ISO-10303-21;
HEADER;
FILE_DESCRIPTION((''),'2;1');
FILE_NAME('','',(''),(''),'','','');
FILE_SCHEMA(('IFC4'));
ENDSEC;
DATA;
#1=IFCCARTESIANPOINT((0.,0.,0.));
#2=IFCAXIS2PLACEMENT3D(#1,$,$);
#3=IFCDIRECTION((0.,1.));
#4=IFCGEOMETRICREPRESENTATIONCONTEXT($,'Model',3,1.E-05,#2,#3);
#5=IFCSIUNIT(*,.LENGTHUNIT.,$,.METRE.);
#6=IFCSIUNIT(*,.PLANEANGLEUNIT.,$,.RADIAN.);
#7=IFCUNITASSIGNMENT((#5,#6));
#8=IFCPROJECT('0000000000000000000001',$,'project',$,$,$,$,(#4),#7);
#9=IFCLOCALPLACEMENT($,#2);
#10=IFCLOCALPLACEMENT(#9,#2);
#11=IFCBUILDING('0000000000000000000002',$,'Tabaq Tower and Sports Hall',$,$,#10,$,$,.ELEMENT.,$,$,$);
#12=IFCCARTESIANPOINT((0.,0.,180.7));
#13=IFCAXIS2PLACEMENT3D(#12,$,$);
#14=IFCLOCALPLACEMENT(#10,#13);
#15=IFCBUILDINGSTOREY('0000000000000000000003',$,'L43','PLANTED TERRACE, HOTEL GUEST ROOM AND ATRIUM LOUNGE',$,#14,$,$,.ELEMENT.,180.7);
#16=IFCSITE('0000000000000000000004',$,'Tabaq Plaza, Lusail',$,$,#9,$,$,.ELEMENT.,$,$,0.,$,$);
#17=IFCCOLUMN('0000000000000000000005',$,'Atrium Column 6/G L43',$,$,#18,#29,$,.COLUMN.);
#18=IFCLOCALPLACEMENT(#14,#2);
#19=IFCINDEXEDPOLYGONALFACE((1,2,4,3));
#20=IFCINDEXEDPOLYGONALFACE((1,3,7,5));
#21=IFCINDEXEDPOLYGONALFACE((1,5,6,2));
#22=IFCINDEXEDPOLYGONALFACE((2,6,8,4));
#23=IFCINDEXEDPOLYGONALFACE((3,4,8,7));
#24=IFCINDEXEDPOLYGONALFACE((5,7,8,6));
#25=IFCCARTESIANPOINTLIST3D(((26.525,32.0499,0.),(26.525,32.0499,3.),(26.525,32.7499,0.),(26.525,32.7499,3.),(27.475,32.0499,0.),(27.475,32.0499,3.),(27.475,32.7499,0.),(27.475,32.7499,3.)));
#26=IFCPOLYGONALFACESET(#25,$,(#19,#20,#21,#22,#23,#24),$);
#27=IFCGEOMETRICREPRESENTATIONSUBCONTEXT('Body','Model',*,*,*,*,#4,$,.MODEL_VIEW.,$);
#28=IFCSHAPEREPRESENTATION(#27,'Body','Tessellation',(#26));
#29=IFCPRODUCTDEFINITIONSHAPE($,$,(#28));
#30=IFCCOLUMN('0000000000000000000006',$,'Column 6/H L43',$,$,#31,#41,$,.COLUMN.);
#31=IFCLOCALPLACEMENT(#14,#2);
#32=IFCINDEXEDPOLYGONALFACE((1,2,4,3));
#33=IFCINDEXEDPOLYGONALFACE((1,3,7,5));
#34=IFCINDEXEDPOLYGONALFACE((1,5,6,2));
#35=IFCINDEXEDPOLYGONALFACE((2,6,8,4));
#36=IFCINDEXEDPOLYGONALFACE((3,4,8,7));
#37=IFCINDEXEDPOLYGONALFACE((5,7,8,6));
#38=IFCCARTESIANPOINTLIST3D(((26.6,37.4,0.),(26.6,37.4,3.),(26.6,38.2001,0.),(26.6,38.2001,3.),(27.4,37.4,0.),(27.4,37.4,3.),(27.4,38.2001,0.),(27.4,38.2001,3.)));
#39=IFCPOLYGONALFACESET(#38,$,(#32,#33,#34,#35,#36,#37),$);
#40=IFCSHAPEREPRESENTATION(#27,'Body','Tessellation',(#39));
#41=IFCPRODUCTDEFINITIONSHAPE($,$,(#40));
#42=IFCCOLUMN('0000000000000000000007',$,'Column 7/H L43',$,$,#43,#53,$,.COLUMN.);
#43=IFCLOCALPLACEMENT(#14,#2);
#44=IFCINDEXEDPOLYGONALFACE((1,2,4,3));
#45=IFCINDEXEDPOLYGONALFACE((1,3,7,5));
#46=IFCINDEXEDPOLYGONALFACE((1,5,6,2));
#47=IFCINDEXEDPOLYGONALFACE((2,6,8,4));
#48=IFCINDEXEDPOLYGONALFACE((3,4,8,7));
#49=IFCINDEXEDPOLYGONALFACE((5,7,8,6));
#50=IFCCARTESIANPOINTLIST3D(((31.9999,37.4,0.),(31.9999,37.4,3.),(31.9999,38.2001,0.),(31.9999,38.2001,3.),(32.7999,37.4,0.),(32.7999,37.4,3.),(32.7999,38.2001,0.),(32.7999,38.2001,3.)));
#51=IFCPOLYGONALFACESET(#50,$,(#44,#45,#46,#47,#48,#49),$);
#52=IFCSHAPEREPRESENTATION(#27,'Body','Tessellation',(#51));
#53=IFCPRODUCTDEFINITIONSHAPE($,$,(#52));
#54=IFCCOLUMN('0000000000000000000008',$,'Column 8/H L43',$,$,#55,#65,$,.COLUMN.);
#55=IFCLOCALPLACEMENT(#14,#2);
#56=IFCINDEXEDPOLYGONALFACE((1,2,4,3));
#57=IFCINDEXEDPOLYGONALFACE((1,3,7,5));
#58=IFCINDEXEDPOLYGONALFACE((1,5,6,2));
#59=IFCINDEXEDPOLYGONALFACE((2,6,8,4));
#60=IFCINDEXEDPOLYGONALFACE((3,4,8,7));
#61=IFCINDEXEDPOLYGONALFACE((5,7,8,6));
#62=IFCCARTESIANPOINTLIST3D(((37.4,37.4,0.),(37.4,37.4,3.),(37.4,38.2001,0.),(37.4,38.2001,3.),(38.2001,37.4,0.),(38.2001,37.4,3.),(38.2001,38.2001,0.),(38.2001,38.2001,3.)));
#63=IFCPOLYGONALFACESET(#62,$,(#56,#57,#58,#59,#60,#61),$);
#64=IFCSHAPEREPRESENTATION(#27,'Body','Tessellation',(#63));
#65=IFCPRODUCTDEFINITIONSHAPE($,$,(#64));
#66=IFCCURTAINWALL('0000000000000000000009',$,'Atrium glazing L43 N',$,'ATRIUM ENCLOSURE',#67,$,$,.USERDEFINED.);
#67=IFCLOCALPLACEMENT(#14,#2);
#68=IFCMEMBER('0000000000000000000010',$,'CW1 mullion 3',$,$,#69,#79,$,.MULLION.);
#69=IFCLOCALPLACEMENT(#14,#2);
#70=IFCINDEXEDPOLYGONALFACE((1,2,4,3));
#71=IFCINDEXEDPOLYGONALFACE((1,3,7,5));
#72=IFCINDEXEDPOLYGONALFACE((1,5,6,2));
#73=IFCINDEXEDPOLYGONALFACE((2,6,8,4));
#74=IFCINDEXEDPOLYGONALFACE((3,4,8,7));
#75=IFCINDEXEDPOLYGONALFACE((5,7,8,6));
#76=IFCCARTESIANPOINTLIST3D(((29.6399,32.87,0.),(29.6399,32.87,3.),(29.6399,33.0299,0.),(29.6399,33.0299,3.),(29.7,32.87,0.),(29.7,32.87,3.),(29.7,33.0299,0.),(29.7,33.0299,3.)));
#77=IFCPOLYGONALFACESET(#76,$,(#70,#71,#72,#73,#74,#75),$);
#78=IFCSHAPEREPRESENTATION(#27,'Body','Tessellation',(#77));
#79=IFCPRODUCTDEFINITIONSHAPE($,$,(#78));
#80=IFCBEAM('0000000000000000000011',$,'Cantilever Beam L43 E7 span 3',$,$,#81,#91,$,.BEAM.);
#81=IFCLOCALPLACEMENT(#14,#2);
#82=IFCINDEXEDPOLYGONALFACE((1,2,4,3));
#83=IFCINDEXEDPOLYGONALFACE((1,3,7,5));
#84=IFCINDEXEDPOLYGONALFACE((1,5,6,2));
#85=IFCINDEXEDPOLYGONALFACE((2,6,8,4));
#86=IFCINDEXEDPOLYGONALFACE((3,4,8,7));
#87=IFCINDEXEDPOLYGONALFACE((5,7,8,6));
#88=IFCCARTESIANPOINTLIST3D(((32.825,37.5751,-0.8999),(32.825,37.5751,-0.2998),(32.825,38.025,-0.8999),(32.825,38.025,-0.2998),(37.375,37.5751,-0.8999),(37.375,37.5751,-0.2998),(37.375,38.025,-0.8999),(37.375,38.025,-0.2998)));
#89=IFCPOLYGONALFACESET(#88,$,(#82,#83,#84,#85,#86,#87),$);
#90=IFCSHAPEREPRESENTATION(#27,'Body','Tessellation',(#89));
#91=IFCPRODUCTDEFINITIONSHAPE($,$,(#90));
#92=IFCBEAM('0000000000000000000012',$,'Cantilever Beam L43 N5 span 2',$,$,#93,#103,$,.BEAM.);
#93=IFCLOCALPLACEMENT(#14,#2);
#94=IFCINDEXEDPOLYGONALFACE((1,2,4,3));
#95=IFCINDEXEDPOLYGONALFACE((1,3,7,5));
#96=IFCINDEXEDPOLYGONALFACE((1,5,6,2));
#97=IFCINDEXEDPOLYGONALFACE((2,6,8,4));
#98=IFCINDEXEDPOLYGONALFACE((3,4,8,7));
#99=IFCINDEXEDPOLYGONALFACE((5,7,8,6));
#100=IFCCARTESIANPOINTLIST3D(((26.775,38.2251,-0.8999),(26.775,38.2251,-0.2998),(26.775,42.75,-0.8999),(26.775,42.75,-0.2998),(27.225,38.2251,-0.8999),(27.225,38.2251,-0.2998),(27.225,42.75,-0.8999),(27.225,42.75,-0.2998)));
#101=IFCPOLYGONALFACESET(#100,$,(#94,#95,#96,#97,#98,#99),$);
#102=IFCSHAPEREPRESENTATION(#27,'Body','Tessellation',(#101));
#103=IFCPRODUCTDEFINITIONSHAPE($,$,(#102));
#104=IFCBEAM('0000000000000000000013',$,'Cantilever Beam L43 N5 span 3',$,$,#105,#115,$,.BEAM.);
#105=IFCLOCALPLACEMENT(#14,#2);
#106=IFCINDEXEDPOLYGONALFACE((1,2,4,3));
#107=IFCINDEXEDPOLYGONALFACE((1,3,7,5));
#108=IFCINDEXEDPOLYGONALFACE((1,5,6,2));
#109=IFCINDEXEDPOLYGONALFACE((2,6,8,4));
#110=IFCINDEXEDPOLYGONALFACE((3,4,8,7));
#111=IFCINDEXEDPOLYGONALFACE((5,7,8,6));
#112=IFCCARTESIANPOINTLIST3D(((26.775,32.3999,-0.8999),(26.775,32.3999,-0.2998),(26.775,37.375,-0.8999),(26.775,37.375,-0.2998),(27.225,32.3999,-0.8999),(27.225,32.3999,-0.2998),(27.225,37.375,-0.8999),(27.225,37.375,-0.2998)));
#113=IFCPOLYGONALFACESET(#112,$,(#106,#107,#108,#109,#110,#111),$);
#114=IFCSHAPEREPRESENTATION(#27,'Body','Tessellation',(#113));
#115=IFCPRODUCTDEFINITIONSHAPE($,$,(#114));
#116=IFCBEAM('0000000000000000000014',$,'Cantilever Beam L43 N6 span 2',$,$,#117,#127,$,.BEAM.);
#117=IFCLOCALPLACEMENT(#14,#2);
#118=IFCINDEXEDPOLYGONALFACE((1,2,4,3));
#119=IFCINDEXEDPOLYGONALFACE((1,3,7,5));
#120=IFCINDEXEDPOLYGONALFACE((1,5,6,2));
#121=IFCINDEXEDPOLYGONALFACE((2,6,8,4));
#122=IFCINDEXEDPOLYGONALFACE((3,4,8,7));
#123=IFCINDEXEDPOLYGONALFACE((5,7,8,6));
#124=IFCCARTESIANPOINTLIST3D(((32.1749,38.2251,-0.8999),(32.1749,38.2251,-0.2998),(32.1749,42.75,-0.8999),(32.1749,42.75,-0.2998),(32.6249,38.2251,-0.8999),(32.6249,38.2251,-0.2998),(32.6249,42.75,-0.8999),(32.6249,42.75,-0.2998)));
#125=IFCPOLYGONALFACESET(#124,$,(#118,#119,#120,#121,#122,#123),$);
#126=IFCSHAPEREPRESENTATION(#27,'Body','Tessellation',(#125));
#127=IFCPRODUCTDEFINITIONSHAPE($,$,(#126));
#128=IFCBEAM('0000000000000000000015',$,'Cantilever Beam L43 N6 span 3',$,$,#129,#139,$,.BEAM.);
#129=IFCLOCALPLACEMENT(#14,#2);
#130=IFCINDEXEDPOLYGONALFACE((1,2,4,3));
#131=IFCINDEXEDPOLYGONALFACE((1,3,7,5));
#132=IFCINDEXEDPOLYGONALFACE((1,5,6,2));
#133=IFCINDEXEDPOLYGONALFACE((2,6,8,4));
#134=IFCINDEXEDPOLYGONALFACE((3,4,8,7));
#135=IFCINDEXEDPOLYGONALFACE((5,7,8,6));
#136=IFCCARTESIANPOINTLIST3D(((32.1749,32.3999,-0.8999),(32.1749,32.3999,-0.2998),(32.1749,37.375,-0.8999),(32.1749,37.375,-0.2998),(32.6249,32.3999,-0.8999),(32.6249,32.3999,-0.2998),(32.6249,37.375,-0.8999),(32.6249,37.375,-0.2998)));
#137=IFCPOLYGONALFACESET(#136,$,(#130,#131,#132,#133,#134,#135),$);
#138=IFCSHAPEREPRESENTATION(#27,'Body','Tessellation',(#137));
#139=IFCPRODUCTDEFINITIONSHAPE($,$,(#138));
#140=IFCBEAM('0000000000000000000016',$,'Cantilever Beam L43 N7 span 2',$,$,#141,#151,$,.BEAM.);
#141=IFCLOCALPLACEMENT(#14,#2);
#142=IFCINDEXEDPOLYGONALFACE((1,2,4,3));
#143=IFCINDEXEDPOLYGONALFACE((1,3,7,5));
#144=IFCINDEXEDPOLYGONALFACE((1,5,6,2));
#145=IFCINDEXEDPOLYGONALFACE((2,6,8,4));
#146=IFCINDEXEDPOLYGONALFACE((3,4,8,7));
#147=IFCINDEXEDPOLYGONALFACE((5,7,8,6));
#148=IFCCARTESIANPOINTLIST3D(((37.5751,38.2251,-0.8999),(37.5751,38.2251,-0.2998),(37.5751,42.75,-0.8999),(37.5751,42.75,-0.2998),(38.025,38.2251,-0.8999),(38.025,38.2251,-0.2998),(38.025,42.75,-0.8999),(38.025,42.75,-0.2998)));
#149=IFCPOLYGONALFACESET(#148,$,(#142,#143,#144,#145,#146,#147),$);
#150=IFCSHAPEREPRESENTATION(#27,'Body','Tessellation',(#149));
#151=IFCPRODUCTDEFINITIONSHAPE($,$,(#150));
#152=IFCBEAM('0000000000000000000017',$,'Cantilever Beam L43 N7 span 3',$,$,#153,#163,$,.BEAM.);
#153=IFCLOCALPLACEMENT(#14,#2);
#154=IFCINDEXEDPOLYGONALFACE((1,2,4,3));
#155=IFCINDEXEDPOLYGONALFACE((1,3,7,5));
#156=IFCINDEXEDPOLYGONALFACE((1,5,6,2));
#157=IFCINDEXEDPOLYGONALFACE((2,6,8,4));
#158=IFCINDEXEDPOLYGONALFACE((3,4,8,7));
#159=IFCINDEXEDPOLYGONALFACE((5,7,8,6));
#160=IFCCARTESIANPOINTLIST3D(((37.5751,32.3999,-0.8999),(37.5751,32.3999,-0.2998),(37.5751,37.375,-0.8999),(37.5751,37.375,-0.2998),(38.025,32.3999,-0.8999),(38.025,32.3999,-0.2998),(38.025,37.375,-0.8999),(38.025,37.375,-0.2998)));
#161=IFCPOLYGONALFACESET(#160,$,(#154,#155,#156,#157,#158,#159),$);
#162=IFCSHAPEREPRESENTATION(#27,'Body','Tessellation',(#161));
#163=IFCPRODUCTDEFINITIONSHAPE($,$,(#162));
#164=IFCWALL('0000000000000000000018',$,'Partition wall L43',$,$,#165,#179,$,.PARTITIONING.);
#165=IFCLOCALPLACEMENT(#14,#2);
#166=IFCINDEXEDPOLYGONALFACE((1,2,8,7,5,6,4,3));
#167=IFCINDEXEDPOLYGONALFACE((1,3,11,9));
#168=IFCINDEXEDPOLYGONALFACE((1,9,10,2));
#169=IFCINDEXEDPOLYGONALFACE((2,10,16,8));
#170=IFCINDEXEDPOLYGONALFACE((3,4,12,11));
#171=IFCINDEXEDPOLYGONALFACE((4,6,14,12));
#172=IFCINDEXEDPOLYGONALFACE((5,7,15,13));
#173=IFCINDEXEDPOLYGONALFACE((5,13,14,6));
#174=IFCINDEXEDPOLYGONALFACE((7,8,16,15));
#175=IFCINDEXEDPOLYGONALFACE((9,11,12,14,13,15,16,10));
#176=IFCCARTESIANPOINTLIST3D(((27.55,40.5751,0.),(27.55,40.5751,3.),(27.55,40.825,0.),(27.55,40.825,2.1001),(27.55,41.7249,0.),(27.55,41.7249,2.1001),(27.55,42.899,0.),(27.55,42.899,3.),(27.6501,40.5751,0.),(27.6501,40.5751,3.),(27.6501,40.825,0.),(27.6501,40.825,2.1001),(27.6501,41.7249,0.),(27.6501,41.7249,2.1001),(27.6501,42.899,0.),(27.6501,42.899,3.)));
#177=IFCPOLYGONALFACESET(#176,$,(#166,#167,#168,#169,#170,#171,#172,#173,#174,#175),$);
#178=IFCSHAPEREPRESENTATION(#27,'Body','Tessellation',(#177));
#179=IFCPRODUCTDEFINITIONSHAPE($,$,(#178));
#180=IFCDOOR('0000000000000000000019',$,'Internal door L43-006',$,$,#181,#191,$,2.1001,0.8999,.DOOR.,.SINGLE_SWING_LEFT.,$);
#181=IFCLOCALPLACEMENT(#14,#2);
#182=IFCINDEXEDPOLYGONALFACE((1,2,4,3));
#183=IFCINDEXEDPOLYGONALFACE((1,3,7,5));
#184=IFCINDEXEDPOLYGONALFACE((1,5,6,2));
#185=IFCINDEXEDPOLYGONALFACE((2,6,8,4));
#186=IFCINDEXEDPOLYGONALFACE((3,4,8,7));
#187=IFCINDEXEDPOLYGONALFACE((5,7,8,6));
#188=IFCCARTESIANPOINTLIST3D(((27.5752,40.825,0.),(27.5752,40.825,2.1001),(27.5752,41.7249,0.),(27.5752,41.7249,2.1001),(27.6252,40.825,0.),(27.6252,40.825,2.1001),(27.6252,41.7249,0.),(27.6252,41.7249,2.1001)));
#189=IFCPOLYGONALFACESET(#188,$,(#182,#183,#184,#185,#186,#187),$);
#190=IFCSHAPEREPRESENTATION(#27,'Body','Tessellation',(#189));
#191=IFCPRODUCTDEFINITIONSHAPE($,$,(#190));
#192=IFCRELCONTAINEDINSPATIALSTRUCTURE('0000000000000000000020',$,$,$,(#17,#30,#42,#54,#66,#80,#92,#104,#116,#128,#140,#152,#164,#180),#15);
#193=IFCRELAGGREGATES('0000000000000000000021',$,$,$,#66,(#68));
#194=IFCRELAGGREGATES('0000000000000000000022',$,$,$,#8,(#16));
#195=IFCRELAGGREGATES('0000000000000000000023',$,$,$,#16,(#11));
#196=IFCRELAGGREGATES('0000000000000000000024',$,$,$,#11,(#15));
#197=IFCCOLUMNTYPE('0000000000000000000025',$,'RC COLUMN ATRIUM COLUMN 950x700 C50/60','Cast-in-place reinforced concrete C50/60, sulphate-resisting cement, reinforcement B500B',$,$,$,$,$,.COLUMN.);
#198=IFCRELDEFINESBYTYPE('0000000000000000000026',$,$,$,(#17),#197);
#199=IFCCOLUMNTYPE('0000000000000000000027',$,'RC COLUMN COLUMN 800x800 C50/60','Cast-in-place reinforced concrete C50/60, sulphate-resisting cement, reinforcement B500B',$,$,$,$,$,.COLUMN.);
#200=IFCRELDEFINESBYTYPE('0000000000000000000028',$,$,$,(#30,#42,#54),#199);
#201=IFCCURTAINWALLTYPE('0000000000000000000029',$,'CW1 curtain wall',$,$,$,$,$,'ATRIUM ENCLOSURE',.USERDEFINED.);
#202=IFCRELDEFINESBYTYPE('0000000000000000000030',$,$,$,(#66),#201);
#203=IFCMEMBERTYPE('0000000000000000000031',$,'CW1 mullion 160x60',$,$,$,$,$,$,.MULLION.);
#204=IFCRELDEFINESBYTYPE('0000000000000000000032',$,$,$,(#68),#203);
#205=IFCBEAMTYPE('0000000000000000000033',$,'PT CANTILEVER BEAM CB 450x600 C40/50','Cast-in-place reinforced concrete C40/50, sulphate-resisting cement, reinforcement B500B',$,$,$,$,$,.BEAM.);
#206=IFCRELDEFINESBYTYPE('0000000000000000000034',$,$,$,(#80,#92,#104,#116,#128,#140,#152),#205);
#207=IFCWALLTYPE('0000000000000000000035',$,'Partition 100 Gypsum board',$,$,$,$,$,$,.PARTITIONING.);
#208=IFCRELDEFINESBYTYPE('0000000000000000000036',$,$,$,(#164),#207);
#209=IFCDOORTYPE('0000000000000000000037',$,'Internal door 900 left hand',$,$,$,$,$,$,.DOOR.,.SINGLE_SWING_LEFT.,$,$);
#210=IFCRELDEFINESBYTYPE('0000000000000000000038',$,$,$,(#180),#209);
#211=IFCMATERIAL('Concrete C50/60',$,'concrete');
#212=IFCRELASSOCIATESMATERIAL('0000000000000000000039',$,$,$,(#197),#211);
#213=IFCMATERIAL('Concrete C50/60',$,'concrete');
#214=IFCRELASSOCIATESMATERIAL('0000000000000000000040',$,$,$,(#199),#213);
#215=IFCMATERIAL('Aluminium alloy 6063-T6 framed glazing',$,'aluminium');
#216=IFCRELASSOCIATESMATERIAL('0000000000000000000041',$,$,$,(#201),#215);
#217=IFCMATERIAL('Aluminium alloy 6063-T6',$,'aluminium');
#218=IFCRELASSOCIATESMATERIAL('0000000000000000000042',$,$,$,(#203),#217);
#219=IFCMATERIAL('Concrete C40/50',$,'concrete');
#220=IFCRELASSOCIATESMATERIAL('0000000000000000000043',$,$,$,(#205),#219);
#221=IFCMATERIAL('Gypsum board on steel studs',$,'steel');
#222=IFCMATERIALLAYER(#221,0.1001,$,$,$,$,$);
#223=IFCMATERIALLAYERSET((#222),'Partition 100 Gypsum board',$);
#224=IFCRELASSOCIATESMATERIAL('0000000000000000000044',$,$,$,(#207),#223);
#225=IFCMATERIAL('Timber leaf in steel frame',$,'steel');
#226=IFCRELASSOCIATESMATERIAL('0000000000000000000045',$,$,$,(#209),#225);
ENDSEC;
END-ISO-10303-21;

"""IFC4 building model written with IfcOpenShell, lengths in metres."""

from ifc_helpers import new_model, si_unit, direction, frame, frame_2d, origin, origin_2d, place, context, subcontext, project, spatial, rectangle, extrude, material, layer, layer_set, material_profile, profile_set, type_object, element, fill, aggregate, save


model = new_model("IFC4")

# Units and contexts
model_context = context("Model", 3, precision=1e-05, world=origin(), true_north=direction((0.0, 1.0)))
body_context = subcontext(model_context, "Body", "Model", "MODEL_VIEW")
ifc_project = project(units=[si_unit("LENGTHUNIT", "METRE"), si_unit("PLANEANGLEUNIT", "RADIAN")], contexts=[model_context])

# Site, building, storey
site_placement = place(None, origin())
site = spatial("IfcSite", under=ifc_project, at=site_placement, Name="Tabaq Plaza, Lusail", CompositionType="ELEMENT", RefElevation=0.0)
building_placement = place(site_placement, origin())
building = spatial("IfcBuilding", under=site, at=building_placement, Name="Tabaq Tower and Sports Hall", CompositionType="ELEMENT")
storey_placement = place(building_placement, frame((0.0, 0.0, 180.7)))
storey = spatial("IfcBuildingStorey", under=building, at=storey_placement, Name="L43", Description="PLANTED TERRACE, HOTEL GUEST ROOM AND ATRIUM LOUNGE", CompositionType="ELEMENT", Elevation=180.7)

# Columns
ifc_material_1 = material(Name="Concrete C50/60", Category="concrete")
ifc_material_profile_1 = material_profile(ifc_material_1, rectangle(XDim=0.95, YDim=0.7, at=origin_2d()), Name="ATRIUM COLUMN 950x700")
ifc_profile_set_1 = profile_set([ifc_material_profile_1], Name="Concrete C50/60")
column_type_1 = type_object("IfcColumnType", Name="RC COLUMN ATRIUM COLUMN 950x700 C50/60", Description="Cast-in-place reinforced concrete C50/60, sulphate-resisting cement, reinforcement B500B", PredefinedType="COLUMN", material=ifc_profile_set_1)
column_placement = place(storey_placement, frame((27.0, 32.3999, 0.0), z_axis=(0.0, 0.0, 1.0), x_axis=(1.0, 0.0, 0.0)))
element("IfcColumn", 1, at=column_placement, inside=storey, type_object=column_type_1, Name="Atrium Column 6/G L43", PredefinedType="COLUMN", context=body_context, shape_type="SweptSolid", body=[
    extrude(rectangle(XDim=0.95, YDim=0.7, at=origin_2d()), origin(), (0.0, 0.0, 1.0), 3.0),
])
ifc_material_2 = material(Name="Concrete C50/60", Category="concrete")
ifc_material_profile_2 = material_profile(ifc_material_2, rectangle(XDim=0.8, YDim=0.8, at=origin_2d()), Name="COLUMN 800x800")
ifc_profile_set_2 = profile_set([ifc_material_profile_2], Name="Concrete C50/60")
column_type_2 = type_object("IfcColumnType", Name="RC COLUMN COLUMN 800x800 C50/60", Description="Cast-in-place reinforced concrete C50/60, sulphate-resisting cement, reinforcement B500B", PredefinedType="COLUMN", material=ifc_profile_set_2)
for number, where, z_axis, x_axis, name in (
    (2, (27.0, 37.8, 0.0), (0.0, 0.0, 1.0), (1.0, 0.0, 0.0), "Column 6/H L43"),
    (3, (32.3999, 37.8, 0.0), (0.0, 0.0, 1.0), (1.0, 0.0, 0.0), "Column 7/H L43"),
    (4, (37.8, 37.8, 0.0), (0.0, 0.0, 1.0), (1.0, 0.0, 0.0), "Column 8/H L43"),
):
    element("IfcColumn", number, at=place(storey_placement, frame(where, z_axis=z_axis, x_axis=x_axis)), inside=storey, type_object=column_type_2, Name=name, PredefinedType="COLUMN", context=body_context, shape_type="SweptSolid", body=[
        extrude(rectangle(XDim=0.8, YDim=0.8, at=origin_2d()), origin(), (0.0, 0.0, 1.0), 3.0),
    ])

# Curtain wall, member
ifc_material_3 = material(Name="Aluminium alloy 6063-T6 framed glazing", Category="aluminium")
curtain_wall_type = type_object("IfcCurtainWallType", Name="CW1 curtain wall", ElementType="ATRIUM ENCLOSURE", PredefinedType="USERDEFINED", material=ifc_material_3)
curtain_wall_placement = place(storey_placement, origin())
curtain_wall = element("IfcCurtainWall", 5, at=curtain_wall_placement, inside=storey, type_object=curtain_wall_type, Name="Atrium glazing L43 N", ObjectType="ATRIUM ENCLOSURE", PredefinedType="USERDEFINED")
ifc_material_4 = material(Name="Aluminium alloy 6063-T6", Category="aluminium")
ifc_material_profile_3 = material_profile(ifc_material_4, rectangle(XDim=0.1599, YDim=0.0601, at=origin_2d()), Name="MULLION 160x60")
ifc_profile_set_3 = profile_set([ifc_material_profile_3], Name="Aluminium alloy 6063-T6")
member_type = type_object("IfcMemberType", Name="CW1 mullion 160x60", PredefinedType="MULLION", material=ifc_profile_set_3)
member_placement = place(storey_placement, frame((29.6699, 32.95, 0.0), z_axis=(0.0, 0.0, 1.0), x_axis=(0.0, 1.0, 0.0)))
member = element("IfcMember", 6, at=member_placement, type_object=member_type, Name="CW1 mullion 3", PredefinedType="MULLION", context=body_context, shape_type="SweptSolid", body=[
    extrude(rectangle(XDim=0.1599, YDim=0.0601, at=origin_2d()), origin(), (0.0, 0.0, 1.0), 3.0),
])
aggregate(curtain_wall, [member])

# Beams
ifc_material_5 = material(Name="Concrete C40/50", Category="concrete")
ifc_material_profile_4 = material_profile(ifc_material_5, rectangle(XDim=0.45, YDim=0.6001, at=origin_2d()), Name="CB 450x600")
ifc_profile_set_4 = profile_set([ifc_material_profile_4], Name="Concrete C40/50")
beam_type = type_object("IfcBeamType", Name="PT CANTILEVER BEAM CB 450x600 C40/50", Description="Cast-in-place reinforced concrete C40/50, sulphate-resisting cement, reinforcement B500B", PredefinedType="BEAM", material=ifc_profile_set_4)
beam_1_placement = place(storey_placement, frame((37.375, 37.8, -0.5999), z_axis=(-1.0, 0.0, 0.0), x_axis=(0.0, -1.0, 0.0)))
element("IfcBeam", 7, at=beam_1_placement, inside=storey, type_object=beam_type, Name="Cantilever Beam L43 E7 span 3", PredefinedType="BEAM", context=body_context, shape_type="SweptSolid", body=[
    extrude(rectangle(XDim=0.45, YDim=0.6001, at=origin_2d()), origin(), (0.0, 0.0, 1.0), 4.55),
])
beam_2_placement = place(storey_placement, frame((27.0, 42.75, -0.5999), z_axis=(0.0, -1.0, 0.0), x_axis=(1.0, 0.0, 0.0)))
element("IfcBeam", 8, at=beam_2_placement, inside=storey, type_object=beam_type, Name="Cantilever Beam L43 N5 span 2", PredefinedType="BEAM", context=body_context, shape_type="SweptSolid", body=[
    extrude(rectangle(XDim=0.45, YDim=0.6001, at=origin_2d()), origin(), (0.0, 0.0, 1.0), 4.5249),
])
beam_3_placement = place(storey_placement, frame((27.0, 37.375, -0.5999), z_axis=(0.0, -1.0, 0.0), x_axis=(1.0, 0.0, 0.0)))
element("IfcBeam", 9, at=beam_3_placement, inside=storey, type_object=beam_type, Name="Cantilever Beam L43 N5 span 3", PredefinedType="BEAM", context=body_context, shape_type="SweptSolid", body=[
    extrude(rectangle(XDim=0.45, YDim=0.6001, at=origin_2d()), origin(), (0.0, 0.0, 1.0), 4.9751),
])
beam_4_placement = place(storey_placement, frame((32.3999, 42.75, -0.5999), z_axis=(0.0, -1.0, 0.0), x_axis=(1.0, 0.0, 0.0)))
element("IfcBeam", 10, at=beam_4_placement, inside=storey, type_object=beam_type, Name="Cantilever Beam L43 N6 span 2", PredefinedType="BEAM", context=body_context, shape_type="SweptSolid", body=[
    extrude(rectangle(XDim=0.45, YDim=0.6001, at=origin_2d()), origin(), (0.0, 0.0, 1.0), 4.5249),
])
beam_5_placement = place(storey_placement, frame((32.3999, 37.375, -0.5999), z_axis=(0.0, -1.0, 0.0), x_axis=(1.0, 0.0, 0.0)))
element("IfcBeam", 11, at=beam_5_placement, inside=storey, type_object=beam_type, Name="Cantilever Beam L43 N6 span 3", PredefinedType="BEAM", context=body_context, shape_type="SweptSolid", body=[
    extrude(rectangle(XDim=0.45, YDim=0.6001, at=origin_2d()), origin(), (0.0, 0.0, 1.0), 4.9751),
])
beam_6_placement = place(storey_placement, frame((37.8, 42.75, -0.5999), z_axis=(0.0, -1.0, 0.0), x_axis=(1.0, 0.0, 0.0)))
element("IfcBeam", 12, at=beam_6_placement, inside=storey, type_object=beam_type, Name="Cantilever Beam L43 N7 span 2", PredefinedType="BEAM", context=body_context, shape_type="SweptSolid", body=[
    extrude(rectangle(XDim=0.45, YDim=0.6001, at=origin_2d()), origin(), (0.0, 0.0, 1.0), 4.5249),
])
beam_7_placement = place(storey_placement, frame((37.8, 37.375, -0.5999), z_axis=(0.0, -1.0, 0.0), x_axis=(1.0, 0.0, 0.0)))
element("IfcBeam", 13, at=beam_7_placement, inside=storey, type_object=beam_type, Name="Cantilever Beam L43 N7 span 3", PredefinedType="BEAM", context=body_context, shape_type="SweptSolid", body=[
    extrude(rectangle(XDim=0.45, YDim=0.6001, at=origin_2d()), origin(), (0.0, 0.0, 1.0), 4.9751),
])

# Wall, opening, door
ifc_material_6 = material(Name="Gypsum board on steel studs", Category="steel")
ifc_layer_1 = layer(ifc_material_6, 0.1001)
ifc_layer_set_1 = layer_set([ifc_layer_1], Name="Partition 100 Gypsum board")
wall_type_1 = type_object("IfcWallType", Name="Partition 100 Gypsum board", PredefinedType="PARTITIONING", material=ifc_layer_set_1)
wall_1_placement = place(storey_placement, frame((27.6001, 40.575, 0.0), z_axis=(0.0, 0.0, 1.0), x_axis=(0.0, 1.0, 0.0)))
wall_1 = element("IfcWall", 14, at=wall_1_placement, inside=storey, type_object=wall_type_1, Name="Partition wall L43", PredefinedType="PARTITIONING", context=body_context, shape_type="SweptSolid", body=[
    extrude(rectangle(XDim=2.324, YDim=0.1001, at=frame_2d((1.1621, 0.0))), origin(), (0.0, 0.0, 1.0), 3.0),
])
opening_1_placement = place(wall_1_placement, frame((0.25, 0.0, 0.0)))
opening_1 = element("IfcOpeningElement", 15, at=opening_1_placement, cuts=wall_1, PredefinedType="OPENING", context=body_context, shape_type="SweptSolid", body=[
    extrude(rectangle(XDim=0.8999, YDim=2.1001, at=frame_2d((0.45, 1.05))), frame((0.0, 0.05, 0.0), z_axis=(0.0, -1.0, 0.0), x_axis=(1.0, 0.0, 0.0)), (0.0, 0.0, 1.0), 0.1001),
])
ifc_material_7 = material(Name="Timber leaf in steel frame", Category="steel")
door_type_1 = type_object("IfcDoorType", Name="Internal door 900 left hand", OperationType="SINGLE_SWING_LEFT", PredefinedType="DOOR", material=ifc_material_7)
door_1_placement = place(opening_1_placement, origin())
door_1 = element("IfcDoor", 16, at=door_1_placement, inside=storey, type_object=door_type_1, Name="Internal door L43-006", OperationType="SINGLE_SWING_LEFT", OverallHeight=2.1001, OverallWidth=0.8999, PredefinedType="DOOR", context=body_context, shape_type="SweptSolid", body=[
    extrude(rectangle(XDim=0.8999, YDim=2.1001, at=frame_2d((0.45, 1.05))), frame((0.0, 0.0249, 0.0), z_axis=(0.0, -1.0, 0.0), x_axis=(1.0, 0.0, 0.0)), (0.0, 0.0, 1.0), 0.05),
])
fill(opening_1, door_1)

save(model, "model.ifc")
